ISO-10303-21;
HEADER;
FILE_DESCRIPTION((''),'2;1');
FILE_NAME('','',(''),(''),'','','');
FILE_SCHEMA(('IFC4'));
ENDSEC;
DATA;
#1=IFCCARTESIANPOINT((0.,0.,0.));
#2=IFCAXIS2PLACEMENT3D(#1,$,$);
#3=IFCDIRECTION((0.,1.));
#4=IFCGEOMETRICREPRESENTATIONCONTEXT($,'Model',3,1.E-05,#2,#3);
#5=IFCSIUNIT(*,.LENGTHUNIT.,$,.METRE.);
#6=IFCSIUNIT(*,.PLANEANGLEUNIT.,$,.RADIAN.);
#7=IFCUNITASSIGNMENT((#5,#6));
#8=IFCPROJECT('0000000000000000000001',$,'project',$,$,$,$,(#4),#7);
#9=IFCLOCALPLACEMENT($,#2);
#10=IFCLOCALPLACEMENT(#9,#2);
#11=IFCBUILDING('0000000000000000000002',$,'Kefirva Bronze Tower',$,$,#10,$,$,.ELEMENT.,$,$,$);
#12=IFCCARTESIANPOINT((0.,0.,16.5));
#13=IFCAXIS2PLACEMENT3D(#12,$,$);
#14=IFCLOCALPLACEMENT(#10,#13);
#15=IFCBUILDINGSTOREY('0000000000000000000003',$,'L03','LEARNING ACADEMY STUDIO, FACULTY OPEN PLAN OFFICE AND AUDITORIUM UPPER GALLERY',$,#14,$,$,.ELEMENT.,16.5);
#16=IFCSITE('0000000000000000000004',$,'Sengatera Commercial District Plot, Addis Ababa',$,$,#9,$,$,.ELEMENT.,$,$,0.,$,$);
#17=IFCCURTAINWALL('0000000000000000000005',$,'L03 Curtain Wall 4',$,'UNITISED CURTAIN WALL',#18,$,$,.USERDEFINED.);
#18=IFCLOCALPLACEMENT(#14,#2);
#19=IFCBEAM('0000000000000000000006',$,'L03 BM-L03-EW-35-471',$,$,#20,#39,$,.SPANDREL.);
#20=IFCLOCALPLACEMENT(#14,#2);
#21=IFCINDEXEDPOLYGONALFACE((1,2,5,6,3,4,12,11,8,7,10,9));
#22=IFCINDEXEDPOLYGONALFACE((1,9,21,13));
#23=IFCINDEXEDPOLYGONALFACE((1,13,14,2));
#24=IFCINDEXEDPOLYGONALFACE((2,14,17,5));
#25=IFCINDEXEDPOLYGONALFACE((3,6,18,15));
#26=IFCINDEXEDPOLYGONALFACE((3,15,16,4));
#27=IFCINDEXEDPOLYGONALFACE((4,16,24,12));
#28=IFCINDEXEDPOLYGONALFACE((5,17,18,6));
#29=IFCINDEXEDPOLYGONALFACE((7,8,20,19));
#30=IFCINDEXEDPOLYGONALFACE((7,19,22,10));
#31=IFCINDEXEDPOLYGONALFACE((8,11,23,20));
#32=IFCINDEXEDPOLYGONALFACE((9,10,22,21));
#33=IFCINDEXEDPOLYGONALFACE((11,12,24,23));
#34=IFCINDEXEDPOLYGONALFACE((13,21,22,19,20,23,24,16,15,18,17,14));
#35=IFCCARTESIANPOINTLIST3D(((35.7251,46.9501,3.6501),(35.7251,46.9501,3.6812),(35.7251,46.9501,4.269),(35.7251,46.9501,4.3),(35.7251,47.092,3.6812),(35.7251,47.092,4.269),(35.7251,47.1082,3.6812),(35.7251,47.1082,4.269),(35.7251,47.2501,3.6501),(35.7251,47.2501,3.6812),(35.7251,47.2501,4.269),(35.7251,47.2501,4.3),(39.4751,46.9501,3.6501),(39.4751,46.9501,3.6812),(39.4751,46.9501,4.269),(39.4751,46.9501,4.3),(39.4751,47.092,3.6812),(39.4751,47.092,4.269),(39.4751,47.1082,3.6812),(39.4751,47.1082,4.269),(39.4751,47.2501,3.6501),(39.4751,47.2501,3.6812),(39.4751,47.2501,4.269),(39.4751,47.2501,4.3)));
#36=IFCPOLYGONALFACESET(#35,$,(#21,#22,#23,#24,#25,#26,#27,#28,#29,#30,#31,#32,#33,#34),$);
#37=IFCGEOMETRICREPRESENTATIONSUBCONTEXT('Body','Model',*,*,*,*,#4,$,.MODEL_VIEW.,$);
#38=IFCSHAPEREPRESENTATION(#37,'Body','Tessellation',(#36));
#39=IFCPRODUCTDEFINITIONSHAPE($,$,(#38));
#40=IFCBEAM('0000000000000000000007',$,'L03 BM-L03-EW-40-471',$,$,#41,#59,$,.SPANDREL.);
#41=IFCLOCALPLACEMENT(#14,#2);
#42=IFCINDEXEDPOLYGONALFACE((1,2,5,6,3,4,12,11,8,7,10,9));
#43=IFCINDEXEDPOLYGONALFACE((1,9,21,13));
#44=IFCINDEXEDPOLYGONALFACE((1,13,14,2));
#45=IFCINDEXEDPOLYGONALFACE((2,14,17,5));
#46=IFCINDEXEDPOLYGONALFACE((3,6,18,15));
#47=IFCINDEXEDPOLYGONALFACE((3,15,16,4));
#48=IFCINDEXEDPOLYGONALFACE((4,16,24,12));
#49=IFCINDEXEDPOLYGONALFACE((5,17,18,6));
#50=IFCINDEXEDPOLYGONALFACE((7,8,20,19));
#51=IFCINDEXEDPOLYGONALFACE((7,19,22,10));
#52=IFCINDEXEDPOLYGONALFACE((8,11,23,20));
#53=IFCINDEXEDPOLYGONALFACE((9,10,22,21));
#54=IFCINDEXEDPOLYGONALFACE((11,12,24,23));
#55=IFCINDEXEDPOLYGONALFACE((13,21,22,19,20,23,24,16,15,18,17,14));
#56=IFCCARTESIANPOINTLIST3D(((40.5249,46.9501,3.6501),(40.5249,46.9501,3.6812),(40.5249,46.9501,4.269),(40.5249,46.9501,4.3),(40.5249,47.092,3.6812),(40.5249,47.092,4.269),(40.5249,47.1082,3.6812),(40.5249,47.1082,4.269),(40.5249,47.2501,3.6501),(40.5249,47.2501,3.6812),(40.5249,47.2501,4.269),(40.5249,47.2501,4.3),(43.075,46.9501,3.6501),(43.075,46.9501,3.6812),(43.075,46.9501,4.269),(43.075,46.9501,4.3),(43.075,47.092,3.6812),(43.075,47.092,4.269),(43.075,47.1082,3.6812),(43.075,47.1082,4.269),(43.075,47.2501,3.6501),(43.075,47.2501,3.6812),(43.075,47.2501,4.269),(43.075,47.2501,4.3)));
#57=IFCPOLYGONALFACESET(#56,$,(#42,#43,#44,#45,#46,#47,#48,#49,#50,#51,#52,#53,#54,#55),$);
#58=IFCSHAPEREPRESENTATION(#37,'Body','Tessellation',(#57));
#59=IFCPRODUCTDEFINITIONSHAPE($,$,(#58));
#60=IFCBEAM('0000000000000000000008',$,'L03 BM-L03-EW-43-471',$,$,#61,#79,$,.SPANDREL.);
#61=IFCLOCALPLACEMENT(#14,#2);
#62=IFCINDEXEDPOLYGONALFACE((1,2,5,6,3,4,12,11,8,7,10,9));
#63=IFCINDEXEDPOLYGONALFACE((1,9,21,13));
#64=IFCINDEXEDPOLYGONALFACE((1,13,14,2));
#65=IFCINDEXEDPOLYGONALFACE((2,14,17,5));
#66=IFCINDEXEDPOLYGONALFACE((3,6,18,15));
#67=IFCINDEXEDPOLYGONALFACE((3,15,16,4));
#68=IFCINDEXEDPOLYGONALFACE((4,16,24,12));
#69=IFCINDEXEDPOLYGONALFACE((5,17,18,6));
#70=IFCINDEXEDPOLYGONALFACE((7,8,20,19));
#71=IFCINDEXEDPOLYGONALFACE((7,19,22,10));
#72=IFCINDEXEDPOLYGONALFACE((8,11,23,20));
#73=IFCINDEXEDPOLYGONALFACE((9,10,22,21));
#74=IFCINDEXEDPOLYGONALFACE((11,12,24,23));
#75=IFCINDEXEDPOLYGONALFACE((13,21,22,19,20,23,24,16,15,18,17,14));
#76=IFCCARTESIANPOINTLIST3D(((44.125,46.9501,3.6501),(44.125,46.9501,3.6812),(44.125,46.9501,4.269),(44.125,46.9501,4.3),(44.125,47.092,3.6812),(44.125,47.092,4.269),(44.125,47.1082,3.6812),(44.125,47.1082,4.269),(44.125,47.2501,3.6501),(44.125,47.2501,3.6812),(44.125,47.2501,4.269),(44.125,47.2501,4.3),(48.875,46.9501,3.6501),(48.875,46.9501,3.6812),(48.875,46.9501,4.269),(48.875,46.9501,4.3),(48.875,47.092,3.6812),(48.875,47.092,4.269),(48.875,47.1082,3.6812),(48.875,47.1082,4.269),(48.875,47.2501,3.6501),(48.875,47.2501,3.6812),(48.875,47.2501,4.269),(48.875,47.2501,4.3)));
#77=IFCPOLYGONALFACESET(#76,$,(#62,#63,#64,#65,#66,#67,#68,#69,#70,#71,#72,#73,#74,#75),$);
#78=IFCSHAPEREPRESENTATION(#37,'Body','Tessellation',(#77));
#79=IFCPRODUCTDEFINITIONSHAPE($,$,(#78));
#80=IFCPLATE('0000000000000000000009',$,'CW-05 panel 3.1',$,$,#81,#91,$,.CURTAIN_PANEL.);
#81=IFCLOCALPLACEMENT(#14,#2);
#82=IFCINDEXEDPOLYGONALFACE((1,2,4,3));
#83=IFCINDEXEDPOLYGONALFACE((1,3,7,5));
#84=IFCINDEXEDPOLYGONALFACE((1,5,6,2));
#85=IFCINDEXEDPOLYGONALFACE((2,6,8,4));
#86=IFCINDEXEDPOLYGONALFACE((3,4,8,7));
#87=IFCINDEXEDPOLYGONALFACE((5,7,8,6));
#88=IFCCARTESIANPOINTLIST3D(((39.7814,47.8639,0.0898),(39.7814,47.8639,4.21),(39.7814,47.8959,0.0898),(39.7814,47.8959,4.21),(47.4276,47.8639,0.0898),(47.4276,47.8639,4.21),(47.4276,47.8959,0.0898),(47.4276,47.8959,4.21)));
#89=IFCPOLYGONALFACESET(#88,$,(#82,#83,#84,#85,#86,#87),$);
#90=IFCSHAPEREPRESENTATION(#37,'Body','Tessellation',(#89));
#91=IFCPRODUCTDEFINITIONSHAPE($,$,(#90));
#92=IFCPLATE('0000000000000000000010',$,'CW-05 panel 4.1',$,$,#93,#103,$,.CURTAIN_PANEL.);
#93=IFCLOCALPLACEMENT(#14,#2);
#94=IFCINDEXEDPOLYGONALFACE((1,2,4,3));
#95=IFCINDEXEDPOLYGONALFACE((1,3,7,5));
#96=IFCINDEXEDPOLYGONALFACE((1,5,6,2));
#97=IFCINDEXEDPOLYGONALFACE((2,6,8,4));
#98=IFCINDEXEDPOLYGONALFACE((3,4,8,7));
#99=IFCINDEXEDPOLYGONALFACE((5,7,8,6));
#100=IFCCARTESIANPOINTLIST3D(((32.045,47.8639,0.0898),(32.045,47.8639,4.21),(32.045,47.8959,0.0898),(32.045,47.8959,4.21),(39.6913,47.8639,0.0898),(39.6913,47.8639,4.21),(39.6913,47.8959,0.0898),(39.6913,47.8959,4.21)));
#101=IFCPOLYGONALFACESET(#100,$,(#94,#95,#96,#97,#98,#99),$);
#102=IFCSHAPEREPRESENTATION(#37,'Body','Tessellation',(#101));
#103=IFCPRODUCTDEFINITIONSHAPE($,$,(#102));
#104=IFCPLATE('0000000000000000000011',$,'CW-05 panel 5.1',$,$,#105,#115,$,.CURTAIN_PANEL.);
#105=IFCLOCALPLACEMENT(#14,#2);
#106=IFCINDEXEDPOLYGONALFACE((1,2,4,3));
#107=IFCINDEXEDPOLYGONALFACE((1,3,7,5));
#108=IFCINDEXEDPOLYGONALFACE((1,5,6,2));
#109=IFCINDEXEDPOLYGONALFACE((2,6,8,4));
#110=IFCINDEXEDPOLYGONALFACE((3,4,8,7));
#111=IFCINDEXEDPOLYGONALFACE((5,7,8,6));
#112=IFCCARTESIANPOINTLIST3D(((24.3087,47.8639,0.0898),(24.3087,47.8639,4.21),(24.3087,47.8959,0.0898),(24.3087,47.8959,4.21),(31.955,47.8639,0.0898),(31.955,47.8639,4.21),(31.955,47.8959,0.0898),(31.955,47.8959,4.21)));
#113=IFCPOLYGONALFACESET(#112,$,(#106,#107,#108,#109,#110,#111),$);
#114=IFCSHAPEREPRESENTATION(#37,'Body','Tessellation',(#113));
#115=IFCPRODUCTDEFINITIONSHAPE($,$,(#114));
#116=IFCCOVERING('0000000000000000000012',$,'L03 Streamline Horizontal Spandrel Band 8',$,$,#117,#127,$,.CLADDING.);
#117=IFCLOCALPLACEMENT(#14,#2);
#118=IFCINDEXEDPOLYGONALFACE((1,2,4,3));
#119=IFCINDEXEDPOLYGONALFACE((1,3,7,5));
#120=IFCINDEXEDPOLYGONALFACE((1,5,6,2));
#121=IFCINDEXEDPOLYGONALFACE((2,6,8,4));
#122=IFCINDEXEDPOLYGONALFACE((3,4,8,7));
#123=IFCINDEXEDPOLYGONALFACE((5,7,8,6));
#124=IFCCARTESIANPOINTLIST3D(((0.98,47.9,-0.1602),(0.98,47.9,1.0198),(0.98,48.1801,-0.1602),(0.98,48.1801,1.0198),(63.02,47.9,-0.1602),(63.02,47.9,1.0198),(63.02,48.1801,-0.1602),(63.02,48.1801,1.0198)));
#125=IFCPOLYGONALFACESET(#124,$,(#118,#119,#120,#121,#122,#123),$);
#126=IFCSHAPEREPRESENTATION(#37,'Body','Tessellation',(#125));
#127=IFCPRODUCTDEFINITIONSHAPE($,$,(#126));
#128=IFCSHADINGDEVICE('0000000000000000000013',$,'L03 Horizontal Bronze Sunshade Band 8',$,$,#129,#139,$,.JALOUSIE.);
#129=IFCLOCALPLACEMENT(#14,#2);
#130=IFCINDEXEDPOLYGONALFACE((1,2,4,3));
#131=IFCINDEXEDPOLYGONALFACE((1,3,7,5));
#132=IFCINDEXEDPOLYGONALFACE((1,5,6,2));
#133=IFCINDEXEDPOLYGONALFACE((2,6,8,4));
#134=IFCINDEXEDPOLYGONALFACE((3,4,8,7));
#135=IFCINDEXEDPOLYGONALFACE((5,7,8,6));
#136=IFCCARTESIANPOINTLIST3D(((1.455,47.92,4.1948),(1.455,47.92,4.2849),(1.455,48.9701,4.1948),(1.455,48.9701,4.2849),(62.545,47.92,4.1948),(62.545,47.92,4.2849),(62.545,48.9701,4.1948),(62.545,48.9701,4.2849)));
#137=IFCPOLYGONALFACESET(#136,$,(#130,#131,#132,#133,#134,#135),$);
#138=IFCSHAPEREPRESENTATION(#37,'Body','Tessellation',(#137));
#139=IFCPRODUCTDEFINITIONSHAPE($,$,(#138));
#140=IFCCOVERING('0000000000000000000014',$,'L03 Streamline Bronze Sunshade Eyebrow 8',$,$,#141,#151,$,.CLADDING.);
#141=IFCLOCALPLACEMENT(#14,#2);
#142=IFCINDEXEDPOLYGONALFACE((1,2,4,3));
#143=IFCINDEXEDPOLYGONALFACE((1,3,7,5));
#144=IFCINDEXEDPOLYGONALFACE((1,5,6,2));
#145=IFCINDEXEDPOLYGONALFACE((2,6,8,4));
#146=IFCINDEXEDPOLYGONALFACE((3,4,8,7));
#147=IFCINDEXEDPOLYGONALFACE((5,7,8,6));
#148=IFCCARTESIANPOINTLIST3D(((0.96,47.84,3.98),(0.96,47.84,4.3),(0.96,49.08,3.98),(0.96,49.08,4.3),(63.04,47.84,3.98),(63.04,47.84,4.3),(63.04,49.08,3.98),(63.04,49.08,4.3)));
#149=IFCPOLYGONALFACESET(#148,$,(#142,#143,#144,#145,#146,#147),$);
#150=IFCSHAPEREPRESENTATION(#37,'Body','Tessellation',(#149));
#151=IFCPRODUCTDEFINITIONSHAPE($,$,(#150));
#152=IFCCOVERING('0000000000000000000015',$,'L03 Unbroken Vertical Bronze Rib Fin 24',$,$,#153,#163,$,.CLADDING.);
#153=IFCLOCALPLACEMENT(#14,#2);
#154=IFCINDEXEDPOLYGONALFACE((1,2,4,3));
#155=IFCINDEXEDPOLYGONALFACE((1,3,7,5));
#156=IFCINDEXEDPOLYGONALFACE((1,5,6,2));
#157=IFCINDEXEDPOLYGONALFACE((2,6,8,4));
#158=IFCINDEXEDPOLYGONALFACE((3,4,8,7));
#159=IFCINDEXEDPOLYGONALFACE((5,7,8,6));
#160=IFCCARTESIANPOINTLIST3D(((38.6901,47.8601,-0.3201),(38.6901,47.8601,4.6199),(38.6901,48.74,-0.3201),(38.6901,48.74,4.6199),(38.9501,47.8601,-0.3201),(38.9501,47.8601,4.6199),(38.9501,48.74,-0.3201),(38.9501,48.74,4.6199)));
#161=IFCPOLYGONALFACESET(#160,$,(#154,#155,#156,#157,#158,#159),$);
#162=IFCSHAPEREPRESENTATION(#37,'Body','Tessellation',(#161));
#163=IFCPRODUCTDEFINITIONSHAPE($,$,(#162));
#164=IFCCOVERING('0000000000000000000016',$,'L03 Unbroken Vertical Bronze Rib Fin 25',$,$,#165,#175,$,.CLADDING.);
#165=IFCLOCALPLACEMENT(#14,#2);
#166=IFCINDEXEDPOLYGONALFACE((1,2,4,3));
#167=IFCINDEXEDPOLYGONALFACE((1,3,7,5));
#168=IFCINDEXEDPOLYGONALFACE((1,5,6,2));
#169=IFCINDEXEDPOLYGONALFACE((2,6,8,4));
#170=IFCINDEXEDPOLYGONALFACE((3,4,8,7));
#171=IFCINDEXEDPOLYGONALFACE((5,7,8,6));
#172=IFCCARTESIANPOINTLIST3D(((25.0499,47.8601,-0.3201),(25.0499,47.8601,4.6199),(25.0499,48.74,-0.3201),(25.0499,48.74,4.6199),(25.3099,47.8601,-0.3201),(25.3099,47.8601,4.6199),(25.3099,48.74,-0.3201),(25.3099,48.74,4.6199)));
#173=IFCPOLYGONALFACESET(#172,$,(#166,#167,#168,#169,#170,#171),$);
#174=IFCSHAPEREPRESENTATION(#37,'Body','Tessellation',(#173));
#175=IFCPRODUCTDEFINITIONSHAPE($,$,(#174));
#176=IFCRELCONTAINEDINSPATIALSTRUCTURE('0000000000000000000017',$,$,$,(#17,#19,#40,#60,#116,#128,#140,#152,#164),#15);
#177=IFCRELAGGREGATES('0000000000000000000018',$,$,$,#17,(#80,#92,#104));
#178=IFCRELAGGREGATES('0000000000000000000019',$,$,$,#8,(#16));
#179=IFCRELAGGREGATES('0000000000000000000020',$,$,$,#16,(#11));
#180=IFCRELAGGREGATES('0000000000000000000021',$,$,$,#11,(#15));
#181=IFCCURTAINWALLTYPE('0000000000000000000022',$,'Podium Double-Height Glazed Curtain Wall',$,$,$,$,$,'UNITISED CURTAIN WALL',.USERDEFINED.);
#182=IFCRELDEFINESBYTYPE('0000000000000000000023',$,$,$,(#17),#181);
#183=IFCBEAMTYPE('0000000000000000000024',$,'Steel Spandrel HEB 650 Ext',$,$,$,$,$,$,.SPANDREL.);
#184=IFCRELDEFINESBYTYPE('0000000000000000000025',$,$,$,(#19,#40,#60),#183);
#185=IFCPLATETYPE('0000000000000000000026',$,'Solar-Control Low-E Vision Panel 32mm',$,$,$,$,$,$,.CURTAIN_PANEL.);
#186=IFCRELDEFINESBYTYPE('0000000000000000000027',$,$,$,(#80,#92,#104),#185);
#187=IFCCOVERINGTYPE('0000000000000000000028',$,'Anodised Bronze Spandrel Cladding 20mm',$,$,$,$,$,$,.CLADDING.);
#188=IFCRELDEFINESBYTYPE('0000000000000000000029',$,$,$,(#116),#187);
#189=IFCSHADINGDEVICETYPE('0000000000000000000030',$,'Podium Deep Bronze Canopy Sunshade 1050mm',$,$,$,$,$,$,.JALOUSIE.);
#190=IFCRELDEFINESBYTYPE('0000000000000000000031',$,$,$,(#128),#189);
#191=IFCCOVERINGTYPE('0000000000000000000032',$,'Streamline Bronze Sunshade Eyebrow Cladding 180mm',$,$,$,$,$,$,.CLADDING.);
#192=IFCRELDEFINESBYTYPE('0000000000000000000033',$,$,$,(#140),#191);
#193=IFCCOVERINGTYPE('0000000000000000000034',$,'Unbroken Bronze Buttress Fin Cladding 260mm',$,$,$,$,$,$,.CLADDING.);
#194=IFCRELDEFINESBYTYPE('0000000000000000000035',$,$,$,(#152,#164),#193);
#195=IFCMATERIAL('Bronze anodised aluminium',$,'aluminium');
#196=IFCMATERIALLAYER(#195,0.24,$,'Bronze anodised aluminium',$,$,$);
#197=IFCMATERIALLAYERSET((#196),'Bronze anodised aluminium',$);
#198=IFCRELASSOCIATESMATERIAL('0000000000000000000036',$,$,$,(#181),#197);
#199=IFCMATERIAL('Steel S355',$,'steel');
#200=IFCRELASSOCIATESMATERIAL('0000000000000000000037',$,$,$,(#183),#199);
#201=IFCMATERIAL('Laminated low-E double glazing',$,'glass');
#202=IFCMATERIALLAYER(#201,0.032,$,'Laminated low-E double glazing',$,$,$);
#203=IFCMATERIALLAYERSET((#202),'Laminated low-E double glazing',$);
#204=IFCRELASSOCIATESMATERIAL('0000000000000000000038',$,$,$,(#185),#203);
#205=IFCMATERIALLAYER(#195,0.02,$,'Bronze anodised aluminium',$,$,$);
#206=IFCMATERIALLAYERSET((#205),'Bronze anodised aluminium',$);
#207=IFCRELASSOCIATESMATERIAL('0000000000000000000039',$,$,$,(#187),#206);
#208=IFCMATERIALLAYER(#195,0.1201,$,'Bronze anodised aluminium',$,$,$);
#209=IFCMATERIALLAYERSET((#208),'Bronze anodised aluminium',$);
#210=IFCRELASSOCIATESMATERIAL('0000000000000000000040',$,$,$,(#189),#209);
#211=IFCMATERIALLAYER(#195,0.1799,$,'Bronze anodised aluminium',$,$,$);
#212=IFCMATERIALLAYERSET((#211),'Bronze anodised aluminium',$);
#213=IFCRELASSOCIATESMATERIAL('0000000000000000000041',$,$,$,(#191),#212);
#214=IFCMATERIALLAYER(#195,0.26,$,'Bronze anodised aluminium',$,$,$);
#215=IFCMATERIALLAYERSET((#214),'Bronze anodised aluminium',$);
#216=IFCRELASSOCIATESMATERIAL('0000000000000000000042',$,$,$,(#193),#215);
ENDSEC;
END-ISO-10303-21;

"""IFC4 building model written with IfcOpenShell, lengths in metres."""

from ifc_helpers import new_model, si_unit, direction, frame, origin, origin_2d, place, context, subcontext, project, spatial, rectangle, i_section, extrude, material, layer, layer_set, material_profile, profile_set, type_object, element, aggregate, save


model = new_model("IFC4")

# Units and contexts
model_context = context("Model", 3, precision=1e-05, world=origin(), true_north=direction((0.0, 1.0)))
body_context = subcontext(model_context, "Body", "Model", "MODEL_VIEW")
ifc_project = project(units=[si_unit("LENGTHUNIT", "METRE"), si_unit("PLANEANGLEUNIT", "RADIAN")], contexts=[model_context])

# Site, building, storey
site_placement = place(None, origin())
site = spatial("IfcSite", under=ifc_project, at=site_placement, Name="Sengatera Commercial District Plot, Addis Ababa", CompositionType="ELEMENT", RefElevation=0.0)
building_placement = place(site_placement, origin())
building = spatial("IfcBuilding", under=site, at=building_placement, Name="Kefirva Bronze Tower", CompositionType="ELEMENT")
storey_placement = place(building_placement, frame((0.0, 0.0, 16.5)))
storey = spatial("IfcBuildingStorey", under=building, at=storey_placement, Name="L03", Description="LEARNING ACADEMY STUDIO, FACULTY OPEN PLAN OFFICE AND AUDITORIUM UPPER GALLERY", CompositionType="ELEMENT", Elevation=16.5)

# Curtain wall
ifc_material_1 = material(Name="Bronze anodised aluminium", Category="aluminium")
ifc_layer_1 = layer(ifc_material_1, 0.24, Name="Bronze anodised aluminium")
ifc_layer_set_1 = layer_set([ifc_layer_1], Name="Bronze anodised aluminium")
curtain_wall_type = type_object("IfcCurtainWallType", Name="Podium Double-Height Glazed Curtain Wall", ElementType="UNITISED CURTAIN WALL", PredefinedType="USERDEFINED", material=ifc_layer_set_1)
curtain_wall_placement = place(storey_placement, origin())
curtain_wall = element("IfcCurtainWall", 1, at=curtain_wall_placement, inside=storey, type_object=curtain_wall_type, Name="L03 Curtain Wall 4", ObjectType="UNITISED CURTAIN WALL", PredefinedType="USERDEFINED")

# Beams
ifc_material_2 = material(Name="Steel S355", Category="steel")
ifc_material_profile_1 = material_profile(ifc_material_2, i_section(OverallWidth=0.3, OverallDepth=0.6499, WebThickness=0.0161, FlangeThickness=0.031, at=origin_2d()), Name="HEB 650")
ifc_profile_set_1 = profile_set([ifc_material_profile_1], Name="Steel S355")
beam_type_1 = type_object("IfcBeamType", Name="Steel Spandrel HEB 650 Ext", PredefinedType="SPANDREL", material=ifc_profile_set_1)
beam_1_placement = place(storey_placement, frame((35.7251, 47.1001, 3.9751), z_axis=(1.0, 0.0, 0.0), x_axis=(0.0, 1.0, 0.0)))
element("IfcBeam", 2, at=beam_1_placement, inside=storey, type_object=beam_type_1, Name="L03 BM-L03-EW-35-471", PredefinedType="SPANDREL", context=body_context, shape_type="SweptSolid", body=[
    extrude(i_section(OverallWidth=0.3, OverallDepth=0.6499, WebThickness=0.0161, FlangeThickness=0.031, at=origin_2d()), origin(), (0.0, 0.0, 1.0), 3.75),
])
beam_2_placement = place(storey_placement, frame((40.5249, 47.1001, 3.9751), z_axis=(1.0, 0.0, 0.0), x_axis=(0.0, 1.0, 0.0)))
element("IfcBeam", 3, at=beam_2_placement, inside=storey, type_object=beam_type_1, Name="L03 BM-L03-EW-40-471", PredefinedType="SPANDREL", context=body_context, shape_type="SweptSolid", body=[
    extrude(i_section(OverallWidth=0.3, OverallDepth=0.6499, WebThickness=0.0161, FlangeThickness=0.031, at=origin_2d()), origin(), (0.0, 0.0, 1.0), 2.55),
])
beam_3_placement = place(storey_placement, frame((44.125, 47.1001, 3.9751), z_axis=(1.0, 0.0, 0.0), x_axis=(0.0, 1.0, 0.0)))
element("IfcBeam", 4, at=beam_3_placement, inside=storey, type_object=beam_type_1, Name="L03 BM-L03-EW-43-471", PredefinedType="SPANDREL", context=body_context, shape_type="SweptSolid", body=[
    extrude(i_section(OverallWidth=0.3, OverallDepth=0.6499, WebThickness=0.0161, FlangeThickness=0.031, at=origin_2d()), origin(), (0.0, 0.0, 1.0), 4.75),
])

# Plates
ifc_material_3 = material(Name="Laminated low-E double glazing", Category="glass")
ifc_layer_2 = layer(ifc_material_3, 0.032, Name="Laminated low-E double glazing")
ifc_layer_set_2 = layer_set([ifc_layer_2], Name="Laminated low-E double glazing")
plate_type = type_object("IfcPlateType", Name="Solar-Control Low-E Vision Panel 32mm", PredefinedType="CURTAIN_PANEL", material=ifc_layer_set_2)
plate_1_placement = place(storey_placement, frame((43.6045, 47.8799, 0.0898), z_axis=(0.0, 0.0, 1.0), x_axis=(-1.0, 0.0, 0.0)))
plate_1 = element("IfcPlate", 5, at=plate_1_placement, type_object=plate_type, Name="CW-05 panel 3.1", PredefinedType="CURTAIN_PANEL", context=body_context, shape_type="SweptSolid", body=[
    extrude(rectangle(XDim=7.6462, YDim=0.032, at=origin_2d()), origin(), (0.0, 0.0, 1.0), 4.1201),
])
plate_2_placement = place(storey_placement, frame((35.8682, 47.8799, 0.0898), z_axis=(0.0, 0.0, 1.0), x_axis=(-1.0, 0.0, 0.0)))
plate_2 = element("IfcPlate", 6, at=plate_2_placement, type_object=plate_type, Name="CW-05 panel 4.1", PredefinedType="CURTAIN_PANEL", context=body_context, shape_type="SweptSolid", body=[
    extrude(rectangle(XDim=7.6462, YDim=0.032, at=origin_2d()), origin(), (0.0, 0.0, 1.0), 4.1201),
])
plate_3_placement = place(storey_placement, frame((28.1318, 47.8799, 0.0898), z_axis=(0.0, 0.0, 1.0), x_axis=(-1.0, 0.0, 0.0)))
plate_3 = element("IfcPlate", 7, at=plate_3_placement, type_object=plate_type, Name="CW-05 panel 5.1", PredefinedType="CURTAIN_PANEL", context=body_context, shape_type="SweptSolid", body=[
    extrude(rectangle(XDim=7.6462, YDim=0.032, at=origin_2d()), origin(), (0.0, 0.0, 1.0), 4.1201),
])
aggregate(curtain_wall, [plate_1, plate_2, plate_3])

# Covering
ifc_layer_3 = layer(ifc_material_1, 0.02, Name="Bronze anodised aluminium")
ifc_layer_set_3 = layer_set([ifc_layer_3], Name="Bronze anodised aluminium")
covering_type_1 = type_object("IfcCoveringType", Name="Anodised Bronze Spandrel Cladding 20mm", PredefinedType="CLADDING", material=ifc_layer_set_3)
covering_1_placement = place(storey_placement, frame((32.0, 48.04, -0.1602), z_axis=(0.0, 0.0, 1.0), x_axis=(-1.0, 0.0, 0.0)))
element("IfcCovering", 8, at=covering_1_placement, inside=storey, type_object=covering_type_1, Name="L03 Streamline Horizontal Spandrel Band 8", PredefinedType="CLADDING", context=body_context, shape_type="SweptSolid", body=[
    extrude(rectangle(XDim=62.04, YDim=0.28, at=origin_2d()), origin(), (0.0, 0.0, 1.0), 1.1799),
])

# Shading device
ifc_layer_4 = layer(ifc_material_1, 0.1201, Name="Bronze anodised aluminium")
ifc_layer_set_4 = layer_set([ifc_layer_4], Name="Bronze anodised aluminium")
shading_device_type = type_object("IfcShadingDeviceType", Name="Podium Deep Bronze Canopy Sunshade 1050mm", PredefinedType="JALOUSIE", material=ifc_layer_set_4)
shading_device_placement = place(storey_placement, frame((32.0, 48.4451, 4.1948), z_axis=(0.0, 0.0, 1.0), x_axis=(-1.0, 0.0, 0.0)))
element("IfcShadingDevice", 9, at=shading_device_placement, inside=storey, type_object=shading_device_type, Name="L03 Horizontal Bronze Sunshade Band 8", PredefinedType="JALOUSIE", context=body_context, shape_type="SweptSolid", body=[
    extrude(rectangle(XDim=61.0901, YDim=1.05, at=origin_2d()), origin(), (0.0, 0.0, 1.0), 0.0901),
])

# Coverings
ifc_layer_5 = layer(ifc_material_1, 0.1799, Name="Bronze anodised aluminium")
ifc_layer_set_5 = layer_set([ifc_layer_5], Name="Bronze anodised aluminium")
covering_type_2 = type_object("IfcCoveringType", Name="Streamline Bronze Sunshade Eyebrow Cladding 180mm", PredefinedType="CLADDING", material=ifc_layer_set_5)
covering_2_placement = place(storey_placement, frame((32.0, 48.46, 3.98), z_axis=(0.0, 0.0, 1.0), x_axis=(-1.0, 0.0, 0.0)))
element("IfcCovering", 10, at=covering_2_placement, inside=storey, type_object=covering_type_2, Name="L03 Streamline Bronze Sunshade Eyebrow 8", PredefinedType="CLADDING", context=body_context, shape_type="SweptSolid", body=[
    extrude(rectangle(XDim=62.0801, YDim=1.24, at=origin_2d()), origin(), (0.0, 0.0, 1.0), 0.3201),
])
ifc_layer_6 = layer(ifc_material_1, 0.26, Name="Bronze anodised aluminium")
ifc_layer_set_6 = layer_set([ifc_layer_6], Name="Bronze anodised aluminium")
covering_type_3 = type_object("IfcCoveringType", Name="Unbroken Bronze Buttress Fin Cladding 260mm", PredefinedType="CLADDING", material=ifc_layer_set_6)
for number, where, z_axis, x_axis, name in (
    (11, (38.8201, 48.3, -0.3201), (0.0, 0.0, 1.0), (-1.0, 0.0, 0.0), "L03 Unbroken Vertical Bronze Rib Fin 24"),
    (12, (25.1799, 48.3, -0.3201), (0.0, 0.0, 1.0), (-1.0, 0.0, 0.0), "L03 Unbroken Vertical Bronze Rib Fin 25"),
):
    element("IfcCovering", number, at=place(storey_placement, frame(where, z_axis=z_axis, x_axis=x_axis)), inside=storey, type_object=covering_type_3, Name=name, PredefinedType="CLADDING", context=body_context, shape_type="SweptSolid", body=[
        extrude(rectangle(XDim=0.26, YDim=0.8799, at=origin_2d()), origin(), (0.0, 0.0, 1.0), 4.9399),
    ])

save(model, "model.ifc")
